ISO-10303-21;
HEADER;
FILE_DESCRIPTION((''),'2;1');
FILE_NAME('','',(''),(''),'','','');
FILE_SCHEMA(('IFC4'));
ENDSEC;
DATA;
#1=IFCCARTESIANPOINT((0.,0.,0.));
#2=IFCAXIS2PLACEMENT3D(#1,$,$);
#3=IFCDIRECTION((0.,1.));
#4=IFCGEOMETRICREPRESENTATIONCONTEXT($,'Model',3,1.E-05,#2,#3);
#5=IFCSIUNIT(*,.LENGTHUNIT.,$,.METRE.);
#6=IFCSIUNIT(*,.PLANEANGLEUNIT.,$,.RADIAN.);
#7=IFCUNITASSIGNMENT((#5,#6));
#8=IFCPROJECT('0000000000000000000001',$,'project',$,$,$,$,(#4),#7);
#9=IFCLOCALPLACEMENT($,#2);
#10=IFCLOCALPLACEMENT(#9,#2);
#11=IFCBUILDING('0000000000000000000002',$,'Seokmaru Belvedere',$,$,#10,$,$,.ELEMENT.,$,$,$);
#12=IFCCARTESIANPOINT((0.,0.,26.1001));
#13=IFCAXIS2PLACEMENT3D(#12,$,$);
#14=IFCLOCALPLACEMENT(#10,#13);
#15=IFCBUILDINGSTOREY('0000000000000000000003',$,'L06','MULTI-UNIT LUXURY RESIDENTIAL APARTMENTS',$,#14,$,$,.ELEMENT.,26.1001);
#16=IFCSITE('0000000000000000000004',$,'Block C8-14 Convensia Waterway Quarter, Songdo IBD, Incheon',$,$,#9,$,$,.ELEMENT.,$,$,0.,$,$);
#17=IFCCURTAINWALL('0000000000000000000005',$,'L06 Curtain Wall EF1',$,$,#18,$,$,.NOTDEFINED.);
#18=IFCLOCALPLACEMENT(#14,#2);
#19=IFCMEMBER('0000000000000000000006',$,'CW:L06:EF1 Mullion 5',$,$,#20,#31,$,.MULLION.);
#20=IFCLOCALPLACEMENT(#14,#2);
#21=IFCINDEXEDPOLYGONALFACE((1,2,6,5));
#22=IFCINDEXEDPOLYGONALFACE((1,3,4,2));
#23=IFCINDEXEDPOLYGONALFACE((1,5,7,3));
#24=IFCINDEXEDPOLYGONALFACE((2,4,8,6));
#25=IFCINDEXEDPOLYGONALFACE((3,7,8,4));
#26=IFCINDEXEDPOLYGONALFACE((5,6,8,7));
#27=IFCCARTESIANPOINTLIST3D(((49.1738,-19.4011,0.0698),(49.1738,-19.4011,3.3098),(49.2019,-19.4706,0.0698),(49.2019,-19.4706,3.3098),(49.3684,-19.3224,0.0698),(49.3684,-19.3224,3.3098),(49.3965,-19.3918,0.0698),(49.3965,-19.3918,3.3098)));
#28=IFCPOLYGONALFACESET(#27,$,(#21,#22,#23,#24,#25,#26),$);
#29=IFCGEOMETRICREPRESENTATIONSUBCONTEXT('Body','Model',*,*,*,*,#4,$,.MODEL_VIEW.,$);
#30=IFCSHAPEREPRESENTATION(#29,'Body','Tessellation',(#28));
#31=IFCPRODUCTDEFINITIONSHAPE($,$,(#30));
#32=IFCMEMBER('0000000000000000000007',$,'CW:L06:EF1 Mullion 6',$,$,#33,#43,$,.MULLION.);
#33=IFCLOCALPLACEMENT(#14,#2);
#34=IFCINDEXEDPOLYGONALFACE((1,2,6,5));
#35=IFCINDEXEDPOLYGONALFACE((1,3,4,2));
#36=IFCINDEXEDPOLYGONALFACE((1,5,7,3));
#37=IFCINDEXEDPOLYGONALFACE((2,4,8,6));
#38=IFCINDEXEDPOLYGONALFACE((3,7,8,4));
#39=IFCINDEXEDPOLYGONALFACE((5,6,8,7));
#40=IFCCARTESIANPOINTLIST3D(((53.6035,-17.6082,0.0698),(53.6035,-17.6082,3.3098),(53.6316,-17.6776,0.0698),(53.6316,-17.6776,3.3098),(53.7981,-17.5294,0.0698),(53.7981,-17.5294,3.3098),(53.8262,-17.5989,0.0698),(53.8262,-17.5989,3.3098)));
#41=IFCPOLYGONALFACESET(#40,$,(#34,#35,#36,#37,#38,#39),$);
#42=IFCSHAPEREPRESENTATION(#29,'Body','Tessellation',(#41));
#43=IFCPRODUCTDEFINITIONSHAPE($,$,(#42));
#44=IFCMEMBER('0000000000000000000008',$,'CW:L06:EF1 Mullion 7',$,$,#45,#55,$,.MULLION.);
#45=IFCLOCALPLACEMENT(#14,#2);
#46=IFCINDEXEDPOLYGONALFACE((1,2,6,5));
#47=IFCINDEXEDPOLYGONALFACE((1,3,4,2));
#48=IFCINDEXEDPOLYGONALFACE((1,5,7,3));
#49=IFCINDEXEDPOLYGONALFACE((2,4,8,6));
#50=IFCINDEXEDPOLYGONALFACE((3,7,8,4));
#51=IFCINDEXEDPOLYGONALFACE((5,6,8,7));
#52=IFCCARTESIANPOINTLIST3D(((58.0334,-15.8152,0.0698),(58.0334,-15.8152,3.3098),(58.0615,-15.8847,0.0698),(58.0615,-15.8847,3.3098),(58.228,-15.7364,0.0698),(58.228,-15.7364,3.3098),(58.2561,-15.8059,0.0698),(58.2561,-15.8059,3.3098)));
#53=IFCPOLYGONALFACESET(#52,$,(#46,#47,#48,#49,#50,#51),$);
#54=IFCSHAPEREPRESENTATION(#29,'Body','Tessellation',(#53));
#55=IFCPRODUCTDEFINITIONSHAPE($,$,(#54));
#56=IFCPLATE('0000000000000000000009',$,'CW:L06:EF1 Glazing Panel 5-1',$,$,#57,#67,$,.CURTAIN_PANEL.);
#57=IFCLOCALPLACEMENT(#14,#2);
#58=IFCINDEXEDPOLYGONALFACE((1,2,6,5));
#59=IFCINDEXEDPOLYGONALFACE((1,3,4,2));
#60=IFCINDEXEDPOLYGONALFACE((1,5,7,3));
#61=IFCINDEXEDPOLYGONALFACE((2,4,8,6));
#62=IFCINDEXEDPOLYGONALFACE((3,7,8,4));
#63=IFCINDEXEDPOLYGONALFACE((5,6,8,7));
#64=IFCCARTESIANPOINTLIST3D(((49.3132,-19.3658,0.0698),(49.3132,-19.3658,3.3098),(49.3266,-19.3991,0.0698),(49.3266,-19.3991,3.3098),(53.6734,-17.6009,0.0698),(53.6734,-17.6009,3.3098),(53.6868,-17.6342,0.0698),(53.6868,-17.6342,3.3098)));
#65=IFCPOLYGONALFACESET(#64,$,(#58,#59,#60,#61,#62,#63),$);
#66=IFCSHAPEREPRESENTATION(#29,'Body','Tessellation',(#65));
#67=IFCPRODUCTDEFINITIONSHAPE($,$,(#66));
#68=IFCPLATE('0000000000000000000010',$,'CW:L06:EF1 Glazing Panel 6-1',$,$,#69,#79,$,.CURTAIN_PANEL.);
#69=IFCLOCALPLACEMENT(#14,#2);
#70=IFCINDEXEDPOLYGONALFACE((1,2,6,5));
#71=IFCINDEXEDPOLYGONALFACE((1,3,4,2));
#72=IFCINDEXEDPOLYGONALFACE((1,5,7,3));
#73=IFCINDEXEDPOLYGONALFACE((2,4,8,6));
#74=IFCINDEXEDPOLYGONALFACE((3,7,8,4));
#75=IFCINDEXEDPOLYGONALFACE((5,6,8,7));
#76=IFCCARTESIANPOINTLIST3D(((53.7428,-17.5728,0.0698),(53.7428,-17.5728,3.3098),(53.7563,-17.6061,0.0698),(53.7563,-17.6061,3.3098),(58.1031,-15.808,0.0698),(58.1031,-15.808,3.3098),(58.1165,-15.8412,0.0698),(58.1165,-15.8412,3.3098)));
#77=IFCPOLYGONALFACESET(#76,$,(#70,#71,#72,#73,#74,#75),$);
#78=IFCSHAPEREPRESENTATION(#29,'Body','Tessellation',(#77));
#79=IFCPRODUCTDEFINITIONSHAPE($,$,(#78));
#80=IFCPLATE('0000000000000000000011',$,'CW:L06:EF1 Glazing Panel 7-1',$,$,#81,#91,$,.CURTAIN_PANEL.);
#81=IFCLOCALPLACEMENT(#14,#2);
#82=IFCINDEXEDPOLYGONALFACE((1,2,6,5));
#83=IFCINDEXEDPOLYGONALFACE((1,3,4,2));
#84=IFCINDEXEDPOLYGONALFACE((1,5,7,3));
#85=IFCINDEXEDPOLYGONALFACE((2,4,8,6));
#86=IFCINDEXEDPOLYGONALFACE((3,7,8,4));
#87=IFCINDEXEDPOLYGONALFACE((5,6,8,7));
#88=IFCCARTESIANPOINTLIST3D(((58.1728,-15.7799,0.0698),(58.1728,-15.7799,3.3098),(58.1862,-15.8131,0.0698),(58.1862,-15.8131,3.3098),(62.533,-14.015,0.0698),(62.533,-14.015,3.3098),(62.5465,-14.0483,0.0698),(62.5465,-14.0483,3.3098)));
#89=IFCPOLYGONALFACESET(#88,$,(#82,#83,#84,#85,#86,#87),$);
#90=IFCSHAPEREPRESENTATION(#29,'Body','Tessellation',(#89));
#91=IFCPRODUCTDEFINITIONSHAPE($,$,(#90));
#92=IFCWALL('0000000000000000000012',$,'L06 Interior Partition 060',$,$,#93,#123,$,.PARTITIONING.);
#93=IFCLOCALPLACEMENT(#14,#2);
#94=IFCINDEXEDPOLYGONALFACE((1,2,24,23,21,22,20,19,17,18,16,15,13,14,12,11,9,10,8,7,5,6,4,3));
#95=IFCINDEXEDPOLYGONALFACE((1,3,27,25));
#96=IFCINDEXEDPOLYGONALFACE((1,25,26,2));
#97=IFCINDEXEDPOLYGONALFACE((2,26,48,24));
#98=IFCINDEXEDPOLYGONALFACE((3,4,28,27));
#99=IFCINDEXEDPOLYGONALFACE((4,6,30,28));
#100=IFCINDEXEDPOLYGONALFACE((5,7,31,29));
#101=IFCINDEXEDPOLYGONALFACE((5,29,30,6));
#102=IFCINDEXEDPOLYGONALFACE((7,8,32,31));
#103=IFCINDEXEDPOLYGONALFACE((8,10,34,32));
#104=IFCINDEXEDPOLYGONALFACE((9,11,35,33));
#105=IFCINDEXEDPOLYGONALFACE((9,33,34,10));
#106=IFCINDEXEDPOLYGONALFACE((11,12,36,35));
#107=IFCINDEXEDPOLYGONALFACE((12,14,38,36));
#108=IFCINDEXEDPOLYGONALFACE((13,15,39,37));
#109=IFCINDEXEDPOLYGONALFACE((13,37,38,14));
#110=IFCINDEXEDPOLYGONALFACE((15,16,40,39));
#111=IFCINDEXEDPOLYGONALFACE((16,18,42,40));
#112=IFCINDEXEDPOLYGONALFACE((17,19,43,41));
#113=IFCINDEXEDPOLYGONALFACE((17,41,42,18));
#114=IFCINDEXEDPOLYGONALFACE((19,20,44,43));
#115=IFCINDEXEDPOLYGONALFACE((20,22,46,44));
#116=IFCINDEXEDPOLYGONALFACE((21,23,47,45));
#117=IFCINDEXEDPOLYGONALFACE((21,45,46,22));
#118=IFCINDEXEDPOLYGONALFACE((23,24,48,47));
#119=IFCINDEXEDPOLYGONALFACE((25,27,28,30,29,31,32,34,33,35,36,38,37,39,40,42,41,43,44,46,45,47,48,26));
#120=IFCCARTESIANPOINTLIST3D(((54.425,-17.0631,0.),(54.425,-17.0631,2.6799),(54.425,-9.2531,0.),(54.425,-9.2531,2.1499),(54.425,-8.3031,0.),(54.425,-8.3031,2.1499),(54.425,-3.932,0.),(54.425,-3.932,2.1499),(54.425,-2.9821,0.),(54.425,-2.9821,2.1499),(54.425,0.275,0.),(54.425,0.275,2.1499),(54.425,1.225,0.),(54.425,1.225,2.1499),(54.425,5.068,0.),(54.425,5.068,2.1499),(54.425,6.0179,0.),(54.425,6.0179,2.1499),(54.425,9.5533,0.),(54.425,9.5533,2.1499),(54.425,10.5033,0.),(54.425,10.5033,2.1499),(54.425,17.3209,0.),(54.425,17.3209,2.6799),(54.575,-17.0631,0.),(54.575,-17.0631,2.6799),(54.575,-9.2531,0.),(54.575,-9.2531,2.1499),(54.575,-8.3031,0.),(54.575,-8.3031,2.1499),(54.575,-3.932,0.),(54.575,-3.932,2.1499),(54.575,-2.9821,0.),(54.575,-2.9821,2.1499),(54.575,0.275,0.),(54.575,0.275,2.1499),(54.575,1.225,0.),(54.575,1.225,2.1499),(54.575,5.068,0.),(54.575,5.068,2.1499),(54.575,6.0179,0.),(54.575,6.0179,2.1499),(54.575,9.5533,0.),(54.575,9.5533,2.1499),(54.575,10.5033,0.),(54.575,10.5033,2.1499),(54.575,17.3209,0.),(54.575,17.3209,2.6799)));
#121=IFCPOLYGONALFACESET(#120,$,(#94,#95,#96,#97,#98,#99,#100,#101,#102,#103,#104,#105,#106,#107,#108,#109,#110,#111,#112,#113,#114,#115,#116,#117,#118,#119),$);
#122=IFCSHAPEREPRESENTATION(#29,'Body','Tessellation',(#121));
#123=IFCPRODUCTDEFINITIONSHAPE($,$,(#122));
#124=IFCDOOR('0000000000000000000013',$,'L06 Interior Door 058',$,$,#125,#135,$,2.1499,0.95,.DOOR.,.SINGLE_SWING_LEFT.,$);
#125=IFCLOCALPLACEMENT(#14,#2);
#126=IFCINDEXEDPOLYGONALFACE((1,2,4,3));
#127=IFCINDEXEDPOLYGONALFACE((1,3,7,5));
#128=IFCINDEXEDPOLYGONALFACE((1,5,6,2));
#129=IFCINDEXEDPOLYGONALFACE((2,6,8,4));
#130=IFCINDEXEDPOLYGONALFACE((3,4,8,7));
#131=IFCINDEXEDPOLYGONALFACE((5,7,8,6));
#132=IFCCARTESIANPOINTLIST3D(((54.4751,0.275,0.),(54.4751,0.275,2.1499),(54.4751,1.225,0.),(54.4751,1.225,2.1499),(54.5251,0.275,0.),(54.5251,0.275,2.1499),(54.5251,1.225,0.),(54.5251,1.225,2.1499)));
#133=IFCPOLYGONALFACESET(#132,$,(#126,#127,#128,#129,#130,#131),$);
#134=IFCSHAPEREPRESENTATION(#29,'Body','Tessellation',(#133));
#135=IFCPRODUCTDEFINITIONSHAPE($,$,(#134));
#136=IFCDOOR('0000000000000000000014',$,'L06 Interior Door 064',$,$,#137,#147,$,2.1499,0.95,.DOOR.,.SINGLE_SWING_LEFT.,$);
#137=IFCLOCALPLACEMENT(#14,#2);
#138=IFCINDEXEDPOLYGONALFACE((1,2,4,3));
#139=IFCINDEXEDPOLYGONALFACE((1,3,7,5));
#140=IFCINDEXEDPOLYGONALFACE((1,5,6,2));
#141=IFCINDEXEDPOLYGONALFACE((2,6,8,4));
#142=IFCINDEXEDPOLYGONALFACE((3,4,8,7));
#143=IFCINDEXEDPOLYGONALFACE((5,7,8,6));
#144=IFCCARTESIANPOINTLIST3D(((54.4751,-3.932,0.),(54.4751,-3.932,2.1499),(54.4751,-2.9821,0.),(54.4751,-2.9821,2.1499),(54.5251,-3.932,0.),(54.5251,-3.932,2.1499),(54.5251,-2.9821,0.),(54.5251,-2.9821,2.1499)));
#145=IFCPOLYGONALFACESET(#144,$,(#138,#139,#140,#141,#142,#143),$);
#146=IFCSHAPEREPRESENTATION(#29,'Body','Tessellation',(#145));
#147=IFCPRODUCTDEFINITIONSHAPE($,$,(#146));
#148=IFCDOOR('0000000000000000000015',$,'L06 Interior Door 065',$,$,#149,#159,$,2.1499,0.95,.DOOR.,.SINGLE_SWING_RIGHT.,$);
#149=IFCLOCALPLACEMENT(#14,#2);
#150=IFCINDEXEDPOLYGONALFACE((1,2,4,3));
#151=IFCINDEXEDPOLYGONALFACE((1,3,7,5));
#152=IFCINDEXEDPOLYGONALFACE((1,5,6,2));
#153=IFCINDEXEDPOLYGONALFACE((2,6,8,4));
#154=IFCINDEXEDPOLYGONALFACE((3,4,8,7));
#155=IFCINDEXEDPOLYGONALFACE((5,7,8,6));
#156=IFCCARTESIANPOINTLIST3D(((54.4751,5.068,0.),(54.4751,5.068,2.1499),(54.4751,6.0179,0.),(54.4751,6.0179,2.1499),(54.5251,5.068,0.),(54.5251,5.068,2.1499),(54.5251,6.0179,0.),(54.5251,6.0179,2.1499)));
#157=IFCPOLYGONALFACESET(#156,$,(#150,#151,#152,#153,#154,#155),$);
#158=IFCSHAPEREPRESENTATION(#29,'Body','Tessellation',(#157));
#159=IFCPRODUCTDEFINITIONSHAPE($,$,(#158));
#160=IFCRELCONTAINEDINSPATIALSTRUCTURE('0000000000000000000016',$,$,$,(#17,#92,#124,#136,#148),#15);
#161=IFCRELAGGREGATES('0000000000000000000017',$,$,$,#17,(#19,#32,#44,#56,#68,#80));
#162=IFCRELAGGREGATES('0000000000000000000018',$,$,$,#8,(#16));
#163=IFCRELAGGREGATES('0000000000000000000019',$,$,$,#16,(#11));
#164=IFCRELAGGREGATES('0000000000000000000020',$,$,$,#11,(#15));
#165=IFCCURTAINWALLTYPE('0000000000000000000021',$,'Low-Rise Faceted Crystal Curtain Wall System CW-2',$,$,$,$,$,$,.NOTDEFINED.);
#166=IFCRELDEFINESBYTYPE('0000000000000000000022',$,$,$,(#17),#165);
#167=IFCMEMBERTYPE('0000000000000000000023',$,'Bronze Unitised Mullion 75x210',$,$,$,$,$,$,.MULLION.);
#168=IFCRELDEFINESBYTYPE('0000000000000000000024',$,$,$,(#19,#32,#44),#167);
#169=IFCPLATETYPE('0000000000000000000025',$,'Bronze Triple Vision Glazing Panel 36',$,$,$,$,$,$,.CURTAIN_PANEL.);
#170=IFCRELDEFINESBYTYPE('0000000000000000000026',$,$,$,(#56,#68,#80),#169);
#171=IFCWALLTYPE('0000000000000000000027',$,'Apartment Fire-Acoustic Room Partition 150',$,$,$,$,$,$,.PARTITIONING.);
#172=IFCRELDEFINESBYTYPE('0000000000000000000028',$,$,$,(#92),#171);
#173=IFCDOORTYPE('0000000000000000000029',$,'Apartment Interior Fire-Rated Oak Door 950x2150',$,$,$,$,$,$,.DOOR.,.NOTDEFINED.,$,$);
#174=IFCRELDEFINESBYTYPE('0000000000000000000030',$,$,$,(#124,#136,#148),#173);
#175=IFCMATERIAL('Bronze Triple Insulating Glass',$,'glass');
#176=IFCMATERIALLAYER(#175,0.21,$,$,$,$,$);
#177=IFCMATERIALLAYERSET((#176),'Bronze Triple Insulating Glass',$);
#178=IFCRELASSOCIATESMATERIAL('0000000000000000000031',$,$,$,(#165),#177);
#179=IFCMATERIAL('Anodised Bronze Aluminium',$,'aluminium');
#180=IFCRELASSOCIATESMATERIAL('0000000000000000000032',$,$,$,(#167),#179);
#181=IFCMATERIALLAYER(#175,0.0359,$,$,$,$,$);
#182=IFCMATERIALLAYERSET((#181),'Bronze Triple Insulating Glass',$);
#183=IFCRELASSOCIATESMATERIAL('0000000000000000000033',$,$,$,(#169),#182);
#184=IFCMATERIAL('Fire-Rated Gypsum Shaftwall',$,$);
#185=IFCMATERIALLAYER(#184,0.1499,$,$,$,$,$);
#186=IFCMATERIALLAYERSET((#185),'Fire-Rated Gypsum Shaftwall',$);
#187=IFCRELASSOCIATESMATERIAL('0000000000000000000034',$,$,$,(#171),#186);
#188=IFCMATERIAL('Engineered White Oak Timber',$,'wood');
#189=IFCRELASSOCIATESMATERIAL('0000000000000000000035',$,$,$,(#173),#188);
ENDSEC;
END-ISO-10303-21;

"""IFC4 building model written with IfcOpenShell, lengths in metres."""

from ifc_helpers import new_model, si_unit, direction, frame, frame_2d, origin, origin_2d, place, context, subcontext, project, spatial, rectangle, extrude, source, transform, mapped, material, layer, layer_set, material_profile, profile_set, type_object, type_shapes, element, fill, aggregate, save


model = new_model("IFC4")

# Units and contexts
model_context = context("Model", 3, precision=1e-05, world=origin(), true_north=direction((0.0, 1.0)))
body_context = subcontext(model_context, "Body", "Model", "MODEL_VIEW")
ifc_project = project(units=[si_unit("LENGTHUNIT", "METRE"), si_unit("PLANEANGLEUNIT", "RADIAN")], contexts=[model_context])

# Site, building, storey
site_placement = place(None, origin())
site = spatial("IfcSite", under=ifc_project, at=site_placement, Name="Block C8-14 Convensia Waterway Quarter, Songdo IBD, Incheon", CompositionType="ELEMENT", RefElevation=0.0)
building_placement = place(site_placement, origin())
building = spatial("IfcBuilding", under=site, at=building_placement, Name="Seokmaru Belvedere", CompositionType="ELEMENT")
storey_placement = place(building_placement, frame((0.0, 0.0, 26.1001)))
storey = spatial("IfcBuildingStorey", under=building, at=storey_placement, Name="L06", Description="MULTI-UNIT LUXURY RESIDENTIAL APARTMENTS", CompositionType="ELEMENT", Elevation=26.1001)

# Curtain wall, members, plates
ifc_material_1 = material(Name="Bronze Triple Insulating Glass", Category="glass")
ifc_layer_1 = layer(ifc_material_1, 0.21)
ifc_layer_set_1 = layer_set([ifc_layer_1], Name="Bronze Triple Insulating Glass")
curtain_wall_type = type_object("IfcCurtainWallType", Name="Low-Rise Faceted Crystal Curtain Wall System CW-2", PredefinedType="NOTDEFINED", material=ifc_layer_set_1)
curtain_wall_placement = place(storey_placement, origin())
curtain_wall = element("IfcCurtainWall", 1, at=curtain_wall_placement, inside=storey, type_object=curtain_wall_type, Name="L06 Curtain Wall EF1", PredefinedType="NOTDEFINED")
ifc_material_2 = material(Name="Anodised Bronze Aluminium", Category="aluminium")
ifc_material_profile_1 = material_profile(ifc_material_2, rectangle(XDim=0.075, YDim=0.21, at=origin_2d()), Name="CW-M-75x210")
ifc_profile_set_1 = profile_set([ifc_material_profile_1], Name="Anodised Bronze Aluminium")
member_type = type_object("IfcMemberType", Name="Bronze Unitised Mullion 75x210", PredefinedType="MULLION", material=ifc_profile_set_1)
shared_shape_1 = source(origin(), body_context, "Body", "SweptSolid", [
    extrude(rectangle(XDim=0.075, YDim=0.21, at=origin_2d()), origin(), (0.0, 0.0, 1.0), 3.24),
])
type_shapes(member_type, [shared_shape_1])
member_1_placement = place(storey_placement, frame((49.2852, -19.3965, 0.0698), z_axis=(0.0, 0.0, 1.0), x_axis=(-0.375192, 0.926947, 0.0)))
member_1 = element("IfcMember", 2, at=member_1_placement, type_object=member_type, Name="CW:L06:EF1 Mullion 5", PredefinedType="MULLION", context=body_context, shape_type="MappedRepresentation", body=[
    mapped(shared_shape_1, transform((0.0, 0.0, 0.0), scale=1.0)),
])
member_2_placement = place(storey_placement, frame((53.7148, -17.6035, 0.0698), z_axis=(0.0, 0.0, 1.0), x_axis=(-0.375192, 0.926947, 0.0)))
member_2 = element("IfcMember", 3, at=member_2_placement, type_object=member_type, Name="CW:L06:EF1 Mullion 6", PredefinedType="MULLION", context=body_context, shape_type="MappedRepresentation", body=[
    mapped(shared_shape_1, transform((0.0, 0.0, 0.0), scale=1.0)),
])
member_3_placement = place(storey_placement, frame((58.1448, -15.8105, 0.0698), z_axis=(0.0, 0.0, 1.0), x_axis=(-0.375192, 0.926947, 0.0)))
member_3 = element("IfcMember", 4, at=member_3_placement, type_object=member_type, Name="CW:L06:EF1 Mullion 7", PredefinedType="MULLION", context=body_context, shape_type="MappedRepresentation", body=[
    mapped(shared_shape_1, transform((0.0, 0.0, 0.0), scale=1.0)),
])
ifc_layer_2 = layer(ifc_material_1, 0.0359)
ifc_layer_set_2 = layer_set([ifc_layer_2], Name="Bronze Triple Insulating Glass")
plate_type = type_object("IfcPlateType", Name="Bronze Triple Vision Glazing Panel 36", PredefinedType="CURTAIN_PANEL", material=ifc_layer_set_2)
shared_shape_2 = source(origin(), body_context, "Body", "SweptSolid", [
    extrude(rectangle(XDim=4.7039, YDim=0.0359, at=origin_2d()), origin(), (0.0, 0.0, 1.0), 3.24),
])
type_shapes(plate_type, [shared_shape_2])
plate_1_placement = place(storey_placement, frame((51.5, -18.5, 0.0698), z_axis=(0.0, 0.0, 1.0), x_axis=(0.926947, 0.375192, 0.0)))
plate_1 = element("IfcPlate", 5, at=plate_1_placement, type_object=plate_type, Name="CW:L06:EF1 Glazing Panel 5-1", PredefinedType="CURTAIN_PANEL", context=body_context, shape_type="MappedRepresentation", body=[
    mapped(shared_shape_2, transform((0.0, 0.0, 0.0), scale=1.0)),
])
plate_2_placement = place(storey_placement, frame((55.9297, -16.707, 0.0698), z_axis=(0.0, 0.0, 1.0), x_axis=(0.926947, 0.375192, 0.0)))
plate_2 = element("IfcPlate", 6, at=plate_2_placement, type_object=plate_type, Name="CW:L06:EF1 Glazing Panel 6-1", PredefinedType="CURTAIN_PANEL", context=body_context, shape_type="MappedRepresentation", body=[
    mapped(shared_shape_2, transform((0.0, 0.0, 0.0), scale=1.0)),
])
plate_3_placement = place(storey_placement, frame((60.3596, -14.9141, 0.0698), z_axis=(0.0, 0.0, 1.0), x_axis=(0.926947, 0.375192, 0.0)))
plate_3 = element("IfcPlate", 7, at=plate_3_placement, type_object=plate_type, Name="CW:L06:EF1 Glazing Panel 7-1", PredefinedType="CURTAIN_PANEL", context=body_context, shape_type="MappedRepresentation", body=[
    mapped(shared_shape_2, transform((0.0, 0.0, 0.0), scale=1.0)),
])
aggregate(curtain_wall, [member_1, member_2, member_3, plate_1, plate_2, plate_3])

# Wall, openings, doors
ifc_material_3 = material(Name="Fire-Rated Gypsum Shaftwall")
ifc_layer_3 = layer(ifc_material_3, 0.1499)
ifc_layer_set_3 = layer_set([ifc_layer_3], Name="Fire-Rated Gypsum Shaftwall")
wall_type = type_object("IfcWallType", Name="Apartment Fire-Acoustic Room Partition 150", PredefinedType="PARTITIONING", material=ifc_layer_set_3)
wall_1_placement = place(storey_placement, frame((54.5, -17.063, 0.0), z_axis=(0.0, 0.0, 1.0), x_axis=(0.0, 1.0, 0.0)))
wall_1 = element("IfcWall", 8, at=wall_1_placement, inside=storey, type_object=wall_type, Name="L06 Interior Partition 060", PredefinedType="PARTITIONING", context=body_context, shape_type="SweptSolid", body=[
    extrude(rectangle(XDim=34.384, YDim=0.1499, at=frame_2d((17.1919, 0.0))), origin(), (0.0, 0.0, 1.0), 2.6799),
])
opening_1_placement = place(wall_1_placement, frame((7.8098, 0.0, 0.0)))
element("IfcOpeningElement", 9, at=opening_1_placement, cuts=wall_1, PredefinedType="OPENING", context=body_context, shape_type="SweptSolid", body=[
    extrude(rectangle(XDim=0.95, YDim=2.1499, at=frame_2d((0.4751, 1.075))), frame((0.0, 0.085, 0.0), z_axis=(0.0, -1.0, 0.0), x_axis=(1.0, 0.0, 0.0)), (0.0, 0.0, 1.0), 0.1699),
])
opening_2_placement = place(wall_1_placement, frame((17.3379, 0.0, 0.0)))
opening_2 = element("IfcOpeningElement", 10, at=opening_2_placement, cuts=wall_1, PredefinedType="OPENING", context=body_context, shape_type="SweptSolid", body=[
    extrude(rectangle(XDim=0.95, YDim=2.1499, at=frame_2d((0.4751, 1.075))), frame((0.0, 0.085, 0.0), z_axis=(0.0, -1.0, 0.0), x_axis=(1.0, 0.0, 0.0)), (0.0, 0.0, 1.0), 0.1699),
])
opening_3_placement = place(wall_1_placement, frame((13.1309, 0.0, 0.0)))
opening_3 = element("IfcOpeningElement", 11, at=opening_3_placement, cuts=wall_1, PredefinedType="OPENING", context=body_context, shape_type="SweptSolid", body=[
    extrude(rectangle(XDim=0.95, YDim=2.1499, at=frame_2d((0.4751, 1.075))), frame((0.0, 0.085, 0.0), z_axis=(0.0, -1.0, 0.0), x_axis=(1.0, 0.0, 0.0)), (0.0, 0.0, 1.0), 0.1699),
])
opening_4_placement = place(wall_1_placement, frame((22.1309, 0.0, 0.0)))
opening_4 = element("IfcOpeningElement", 12, at=opening_4_placement, cuts=wall_1, PredefinedType="OPENING", context=body_context, shape_type="SweptSolid", body=[
    extrude(rectangle(XDim=0.95, YDim=2.1499, at=frame_2d((0.4751, 1.075))), frame((0.0, 0.085, 0.0), z_axis=(0.0, -1.0, 0.0), x_axis=(1.0, 0.0, 0.0)), (0.0, 0.0, 1.0), 0.1699),
])
opening_5_placement = place(wall_1_placement, frame((26.6162, 0.0, 0.0)))
element("IfcOpeningElement", 13, at=opening_5_placement, cuts=wall_1, PredefinedType="OPENING", context=body_context, shape_type="SweptSolid", body=[
    extrude(rectangle(XDim=0.95, YDim=2.1499, at=frame_2d((0.4751, 1.075))), frame((0.0, 0.085, 0.0), z_axis=(0.0, -1.0, 0.0), x_axis=(1.0, 0.0, 0.0)), (0.0, 0.0, 1.0), 0.1699),
])
ifc_material_4 = material(Name="Engineered White Oak Timber", Category="wood")
door_type = type_object("IfcDoorType", Name="Apartment Interior Fire-Rated Oak Door 950x2150", OperationType="NOTDEFINED", PredefinedType="DOOR", material=ifc_material_4)
shared_shape_3 = source(origin(), body_context, "Body", "SweptSolid", [
    extrude(rectangle(XDim=0.95, YDim=2.1499, at=frame_2d((0.4751, 1.075))), frame((0.0, 0.0249, 0.0), z_axis=(0.0, -1.0, 0.0), x_axis=(1.0, 0.0, 0.0)), (0.0, 0.0, 1.0), 0.05),
])
type_shapes(door_type, [shared_shape_3])
door_1_placement = place(opening_2_placement, origin())
door_1 = element("IfcDoor", 14, at=door_1_placement, inside=storey, type_object=door_type, Name="L06 Interior Door 058", OperationType="SINGLE_SWING_LEFT", OverallHeight=2.1499, OverallWidth=0.95, PredefinedType="DOOR", context=body_context, shape_type="MappedRepresentation", body=[
    mapped(shared_shape_3, transform((0.0, 0.0, 0.0), scale=1.0)),
])
fill(opening_2, door_1)
door_2_placement = place(opening_3_placement, origin())
door_2 = element("IfcDoor", 15, at=door_2_placement, inside=storey, type_object=door_type, Name="L06 Interior Door 064", OperationType="SINGLE_SWING_LEFT", OverallHeight=2.1499, OverallWidth=0.95, PredefinedType="DOOR", context=body_context, shape_type="MappedRepresentation", body=[
    mapped(shared_shape_3, transform((0.0, 0.0, 0.0), scale=1.0)),
])
fill(opening_3, door_2)
door_3_placement = place(opening_4_placement, origin())
door_3 = element("IfcDoor", 16, at=door_3_placement, inside=storey, type_object=door_type, Name="L06 Interior Door 065", OperationType="SINGLE_SWING_RIGHT", OverallHeight=2.1499, OverallWidth=0.95, PredefinedType="DOOR", context=body_context, shape_type="MappedRepresentation", body=[
    mapped(shared_shape_3, transform((0.0, 0.0, 0.0), scale=1.0)),
])
fill(opening_4, door_3)

save(model, "model.ifc")
